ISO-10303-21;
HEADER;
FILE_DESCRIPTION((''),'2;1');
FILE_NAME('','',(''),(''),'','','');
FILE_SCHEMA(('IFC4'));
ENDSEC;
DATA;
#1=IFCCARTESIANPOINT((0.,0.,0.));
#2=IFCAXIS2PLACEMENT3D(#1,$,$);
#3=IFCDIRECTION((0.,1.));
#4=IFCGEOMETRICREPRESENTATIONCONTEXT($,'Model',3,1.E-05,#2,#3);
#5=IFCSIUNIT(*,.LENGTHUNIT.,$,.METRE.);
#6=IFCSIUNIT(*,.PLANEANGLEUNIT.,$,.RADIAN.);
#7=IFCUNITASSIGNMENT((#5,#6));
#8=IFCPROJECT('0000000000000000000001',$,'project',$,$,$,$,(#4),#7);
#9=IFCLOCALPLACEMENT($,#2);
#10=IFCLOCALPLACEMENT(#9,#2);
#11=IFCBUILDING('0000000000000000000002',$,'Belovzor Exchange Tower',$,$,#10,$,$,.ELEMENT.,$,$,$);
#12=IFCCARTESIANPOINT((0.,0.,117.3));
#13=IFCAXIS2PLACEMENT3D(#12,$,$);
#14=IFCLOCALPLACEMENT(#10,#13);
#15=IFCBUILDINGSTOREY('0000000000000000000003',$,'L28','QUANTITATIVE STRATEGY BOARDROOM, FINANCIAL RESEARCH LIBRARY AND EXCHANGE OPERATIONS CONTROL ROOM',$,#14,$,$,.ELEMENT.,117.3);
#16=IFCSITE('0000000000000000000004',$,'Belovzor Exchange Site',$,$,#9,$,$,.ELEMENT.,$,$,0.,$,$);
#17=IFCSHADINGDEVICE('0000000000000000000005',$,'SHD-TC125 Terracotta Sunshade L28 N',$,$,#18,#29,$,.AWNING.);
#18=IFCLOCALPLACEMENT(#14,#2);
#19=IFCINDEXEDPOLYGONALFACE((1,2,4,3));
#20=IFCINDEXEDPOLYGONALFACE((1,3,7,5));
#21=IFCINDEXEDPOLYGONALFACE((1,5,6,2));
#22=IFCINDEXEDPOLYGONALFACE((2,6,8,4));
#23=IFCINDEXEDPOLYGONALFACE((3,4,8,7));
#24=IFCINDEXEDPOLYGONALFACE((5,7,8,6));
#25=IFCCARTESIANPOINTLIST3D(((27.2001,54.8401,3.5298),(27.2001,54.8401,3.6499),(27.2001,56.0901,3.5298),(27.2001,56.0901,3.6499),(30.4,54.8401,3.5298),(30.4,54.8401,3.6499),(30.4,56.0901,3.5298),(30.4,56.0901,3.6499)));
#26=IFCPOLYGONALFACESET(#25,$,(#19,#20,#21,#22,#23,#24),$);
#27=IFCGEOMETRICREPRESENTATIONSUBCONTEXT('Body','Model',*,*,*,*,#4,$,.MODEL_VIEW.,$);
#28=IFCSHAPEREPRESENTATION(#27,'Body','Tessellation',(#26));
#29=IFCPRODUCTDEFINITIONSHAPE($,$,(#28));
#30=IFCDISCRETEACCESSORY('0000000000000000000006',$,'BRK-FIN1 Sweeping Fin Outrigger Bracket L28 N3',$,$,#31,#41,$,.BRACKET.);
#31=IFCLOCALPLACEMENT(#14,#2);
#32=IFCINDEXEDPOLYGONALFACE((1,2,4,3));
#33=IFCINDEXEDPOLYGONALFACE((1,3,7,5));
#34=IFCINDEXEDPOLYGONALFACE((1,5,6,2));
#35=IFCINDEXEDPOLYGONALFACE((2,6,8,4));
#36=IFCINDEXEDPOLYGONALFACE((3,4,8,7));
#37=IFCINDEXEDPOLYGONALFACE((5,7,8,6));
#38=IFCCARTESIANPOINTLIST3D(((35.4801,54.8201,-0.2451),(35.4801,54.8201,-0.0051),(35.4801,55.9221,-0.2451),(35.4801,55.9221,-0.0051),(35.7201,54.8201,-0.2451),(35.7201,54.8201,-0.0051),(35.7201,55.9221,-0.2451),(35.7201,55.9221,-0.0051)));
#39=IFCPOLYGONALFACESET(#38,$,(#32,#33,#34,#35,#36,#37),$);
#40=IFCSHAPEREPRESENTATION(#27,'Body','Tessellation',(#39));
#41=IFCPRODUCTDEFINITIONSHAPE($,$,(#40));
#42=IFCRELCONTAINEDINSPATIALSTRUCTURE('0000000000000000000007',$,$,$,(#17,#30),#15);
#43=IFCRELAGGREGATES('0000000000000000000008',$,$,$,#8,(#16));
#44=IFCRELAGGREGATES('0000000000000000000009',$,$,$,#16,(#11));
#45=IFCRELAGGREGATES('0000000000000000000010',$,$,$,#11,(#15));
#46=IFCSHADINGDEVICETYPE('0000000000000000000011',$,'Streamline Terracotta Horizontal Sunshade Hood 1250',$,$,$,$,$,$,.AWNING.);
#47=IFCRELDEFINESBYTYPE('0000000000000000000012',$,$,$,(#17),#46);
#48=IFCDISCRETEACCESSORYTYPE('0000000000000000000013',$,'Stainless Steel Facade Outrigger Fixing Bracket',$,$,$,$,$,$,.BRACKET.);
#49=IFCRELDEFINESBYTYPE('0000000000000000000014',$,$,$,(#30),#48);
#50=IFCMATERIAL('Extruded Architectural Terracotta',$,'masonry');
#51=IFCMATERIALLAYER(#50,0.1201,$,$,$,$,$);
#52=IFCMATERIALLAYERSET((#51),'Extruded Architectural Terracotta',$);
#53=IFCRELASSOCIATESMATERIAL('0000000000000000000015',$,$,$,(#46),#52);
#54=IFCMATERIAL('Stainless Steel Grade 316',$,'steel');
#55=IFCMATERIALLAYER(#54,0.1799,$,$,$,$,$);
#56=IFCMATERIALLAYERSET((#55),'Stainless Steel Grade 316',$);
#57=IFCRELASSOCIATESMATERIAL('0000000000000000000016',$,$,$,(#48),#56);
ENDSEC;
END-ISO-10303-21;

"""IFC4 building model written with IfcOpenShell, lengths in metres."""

from ifc_helpers import new_model, si_unit, direction, frame, origin, origin_2d, place, context, subcontext, project, spatial, rectangle, extrude, material, layer, layer_set, type_object, element, save


model = new_model("IFC4")

# Units and contexts
model_context = context("Model", 3, precision=1e-05, world=origin(), true_north=direction((0.0, 1.0)))
body_context = subcontext(model_context, "Body", "Model", "MODEL_VIEW")
ifc_project = project(units=[si_unit("LENGTHUNIT", "METRE"), si_unit("PLANEANGLEUNIT", "RADIAN")], contexts=[model_context])

# Site, building, storey
site_placement = place(None, origin())
site = spatial("IfcSite", under=ifc_project, at=site_placement, Name="Belovzor Exchange Site", CompositionType="ELEMENT", RefElevation=0.0)
building_placement = place(site_placement, origin())
building = spatial("IfcBuilding", under=site, at=building_placement, Name="Belovzor Exchange Tower", CompositionType="ELEMENT")
storey_placement = place(building_placement, frame((0.0, 0.0, 117.3)))
storey = spatial("IfcBuildingStorey", under=building, at=storey_placement, Name="L28", Description="QUANTITATIVE STRATEGY BOARDROOM, FINANCIAL RESEARCH LIBRARY AND EXCHANGE OPERATIONS CONTROL ROOM", CompositionType="ELEMENT", Elevation=117.3)

# Shading device
ifc_material_1 = material(Name="Extruded Architectural Terracotta", Category="masonry")
ifc_layer_1 = layer(ifc_material_1, 0.1201)
ifc_layer_set_1 = layer_set([ifc_layer_1], Name="Extruded Architectural Terracotta")
shading_device_type = type_object("IfcShadingDeviceType", Name="Streamline Terracotta Horizontal Sunshade Hood 1250", PredefinedType="AWNING", material=ifc_layer_set_1)
shading_device_placement = place(storey_placement, frame((28.8, 55.4651, 3.5298), z_axis=(0.0, 0.0, 1.0), x_axis=(1.0, 0.0, 0.0)))
element("IfcShadingDevice", 1, at=shading_device_placement, inside=storey, type_object=shading_device_type, Name="SHD-TC125 Terracotta Sunshade L28 N", PredefinedType="AWNING", context=body_context, shape_type="SweptSolid", body=[
    extrude(rectangle(XDim=3.2, YDim=1.25, at=origin_2d()), origin(), (0.0, 0.0, 1.0), 0.1201),
])

# Discrete accessory
ifc_material_2 = material(Name="Stainless Steel Grade 316", Category="steel")
ifc_layer_2 = layer(ifc_material_2, 0.1799)
ifc_layer_set_2 = layer_set([ifc_layer_2], Name="Stainless Steel Grade 316")
discrete_accessory_type = type_object("IfcDiscreteAccessoryType", Name="Stainless Steel Facade Outrigger Fixing Bracket", PredefinedType="BRACKET", material=ifc_layer_set_2)
discrete_accessory_placement = place(storey_placement, frame((35.6001, 55.3711, -0.2451), z_axis=(0.0, 0.0, 1.0), x_axis=(0.0, 1.0, 0.0)))
element("IfcDiscreteAccessory", 2, at=discrete_accessory_placement, inside=storey, type_object=discrete_accessory_type, Name="BRK-FIN1 Sweeping Fin Outrigger Bracket L28 N3", PredefinedType="BRACKET", context=body_context, shape_type="SweptSolid", body=[
    extrude(rectangle(XDim=1.1021, YDim=0.24, at=origin_2d()), origin(), (0.0, 0.0, 1.0), 0.24),
])

save(model, "model.ifc")
